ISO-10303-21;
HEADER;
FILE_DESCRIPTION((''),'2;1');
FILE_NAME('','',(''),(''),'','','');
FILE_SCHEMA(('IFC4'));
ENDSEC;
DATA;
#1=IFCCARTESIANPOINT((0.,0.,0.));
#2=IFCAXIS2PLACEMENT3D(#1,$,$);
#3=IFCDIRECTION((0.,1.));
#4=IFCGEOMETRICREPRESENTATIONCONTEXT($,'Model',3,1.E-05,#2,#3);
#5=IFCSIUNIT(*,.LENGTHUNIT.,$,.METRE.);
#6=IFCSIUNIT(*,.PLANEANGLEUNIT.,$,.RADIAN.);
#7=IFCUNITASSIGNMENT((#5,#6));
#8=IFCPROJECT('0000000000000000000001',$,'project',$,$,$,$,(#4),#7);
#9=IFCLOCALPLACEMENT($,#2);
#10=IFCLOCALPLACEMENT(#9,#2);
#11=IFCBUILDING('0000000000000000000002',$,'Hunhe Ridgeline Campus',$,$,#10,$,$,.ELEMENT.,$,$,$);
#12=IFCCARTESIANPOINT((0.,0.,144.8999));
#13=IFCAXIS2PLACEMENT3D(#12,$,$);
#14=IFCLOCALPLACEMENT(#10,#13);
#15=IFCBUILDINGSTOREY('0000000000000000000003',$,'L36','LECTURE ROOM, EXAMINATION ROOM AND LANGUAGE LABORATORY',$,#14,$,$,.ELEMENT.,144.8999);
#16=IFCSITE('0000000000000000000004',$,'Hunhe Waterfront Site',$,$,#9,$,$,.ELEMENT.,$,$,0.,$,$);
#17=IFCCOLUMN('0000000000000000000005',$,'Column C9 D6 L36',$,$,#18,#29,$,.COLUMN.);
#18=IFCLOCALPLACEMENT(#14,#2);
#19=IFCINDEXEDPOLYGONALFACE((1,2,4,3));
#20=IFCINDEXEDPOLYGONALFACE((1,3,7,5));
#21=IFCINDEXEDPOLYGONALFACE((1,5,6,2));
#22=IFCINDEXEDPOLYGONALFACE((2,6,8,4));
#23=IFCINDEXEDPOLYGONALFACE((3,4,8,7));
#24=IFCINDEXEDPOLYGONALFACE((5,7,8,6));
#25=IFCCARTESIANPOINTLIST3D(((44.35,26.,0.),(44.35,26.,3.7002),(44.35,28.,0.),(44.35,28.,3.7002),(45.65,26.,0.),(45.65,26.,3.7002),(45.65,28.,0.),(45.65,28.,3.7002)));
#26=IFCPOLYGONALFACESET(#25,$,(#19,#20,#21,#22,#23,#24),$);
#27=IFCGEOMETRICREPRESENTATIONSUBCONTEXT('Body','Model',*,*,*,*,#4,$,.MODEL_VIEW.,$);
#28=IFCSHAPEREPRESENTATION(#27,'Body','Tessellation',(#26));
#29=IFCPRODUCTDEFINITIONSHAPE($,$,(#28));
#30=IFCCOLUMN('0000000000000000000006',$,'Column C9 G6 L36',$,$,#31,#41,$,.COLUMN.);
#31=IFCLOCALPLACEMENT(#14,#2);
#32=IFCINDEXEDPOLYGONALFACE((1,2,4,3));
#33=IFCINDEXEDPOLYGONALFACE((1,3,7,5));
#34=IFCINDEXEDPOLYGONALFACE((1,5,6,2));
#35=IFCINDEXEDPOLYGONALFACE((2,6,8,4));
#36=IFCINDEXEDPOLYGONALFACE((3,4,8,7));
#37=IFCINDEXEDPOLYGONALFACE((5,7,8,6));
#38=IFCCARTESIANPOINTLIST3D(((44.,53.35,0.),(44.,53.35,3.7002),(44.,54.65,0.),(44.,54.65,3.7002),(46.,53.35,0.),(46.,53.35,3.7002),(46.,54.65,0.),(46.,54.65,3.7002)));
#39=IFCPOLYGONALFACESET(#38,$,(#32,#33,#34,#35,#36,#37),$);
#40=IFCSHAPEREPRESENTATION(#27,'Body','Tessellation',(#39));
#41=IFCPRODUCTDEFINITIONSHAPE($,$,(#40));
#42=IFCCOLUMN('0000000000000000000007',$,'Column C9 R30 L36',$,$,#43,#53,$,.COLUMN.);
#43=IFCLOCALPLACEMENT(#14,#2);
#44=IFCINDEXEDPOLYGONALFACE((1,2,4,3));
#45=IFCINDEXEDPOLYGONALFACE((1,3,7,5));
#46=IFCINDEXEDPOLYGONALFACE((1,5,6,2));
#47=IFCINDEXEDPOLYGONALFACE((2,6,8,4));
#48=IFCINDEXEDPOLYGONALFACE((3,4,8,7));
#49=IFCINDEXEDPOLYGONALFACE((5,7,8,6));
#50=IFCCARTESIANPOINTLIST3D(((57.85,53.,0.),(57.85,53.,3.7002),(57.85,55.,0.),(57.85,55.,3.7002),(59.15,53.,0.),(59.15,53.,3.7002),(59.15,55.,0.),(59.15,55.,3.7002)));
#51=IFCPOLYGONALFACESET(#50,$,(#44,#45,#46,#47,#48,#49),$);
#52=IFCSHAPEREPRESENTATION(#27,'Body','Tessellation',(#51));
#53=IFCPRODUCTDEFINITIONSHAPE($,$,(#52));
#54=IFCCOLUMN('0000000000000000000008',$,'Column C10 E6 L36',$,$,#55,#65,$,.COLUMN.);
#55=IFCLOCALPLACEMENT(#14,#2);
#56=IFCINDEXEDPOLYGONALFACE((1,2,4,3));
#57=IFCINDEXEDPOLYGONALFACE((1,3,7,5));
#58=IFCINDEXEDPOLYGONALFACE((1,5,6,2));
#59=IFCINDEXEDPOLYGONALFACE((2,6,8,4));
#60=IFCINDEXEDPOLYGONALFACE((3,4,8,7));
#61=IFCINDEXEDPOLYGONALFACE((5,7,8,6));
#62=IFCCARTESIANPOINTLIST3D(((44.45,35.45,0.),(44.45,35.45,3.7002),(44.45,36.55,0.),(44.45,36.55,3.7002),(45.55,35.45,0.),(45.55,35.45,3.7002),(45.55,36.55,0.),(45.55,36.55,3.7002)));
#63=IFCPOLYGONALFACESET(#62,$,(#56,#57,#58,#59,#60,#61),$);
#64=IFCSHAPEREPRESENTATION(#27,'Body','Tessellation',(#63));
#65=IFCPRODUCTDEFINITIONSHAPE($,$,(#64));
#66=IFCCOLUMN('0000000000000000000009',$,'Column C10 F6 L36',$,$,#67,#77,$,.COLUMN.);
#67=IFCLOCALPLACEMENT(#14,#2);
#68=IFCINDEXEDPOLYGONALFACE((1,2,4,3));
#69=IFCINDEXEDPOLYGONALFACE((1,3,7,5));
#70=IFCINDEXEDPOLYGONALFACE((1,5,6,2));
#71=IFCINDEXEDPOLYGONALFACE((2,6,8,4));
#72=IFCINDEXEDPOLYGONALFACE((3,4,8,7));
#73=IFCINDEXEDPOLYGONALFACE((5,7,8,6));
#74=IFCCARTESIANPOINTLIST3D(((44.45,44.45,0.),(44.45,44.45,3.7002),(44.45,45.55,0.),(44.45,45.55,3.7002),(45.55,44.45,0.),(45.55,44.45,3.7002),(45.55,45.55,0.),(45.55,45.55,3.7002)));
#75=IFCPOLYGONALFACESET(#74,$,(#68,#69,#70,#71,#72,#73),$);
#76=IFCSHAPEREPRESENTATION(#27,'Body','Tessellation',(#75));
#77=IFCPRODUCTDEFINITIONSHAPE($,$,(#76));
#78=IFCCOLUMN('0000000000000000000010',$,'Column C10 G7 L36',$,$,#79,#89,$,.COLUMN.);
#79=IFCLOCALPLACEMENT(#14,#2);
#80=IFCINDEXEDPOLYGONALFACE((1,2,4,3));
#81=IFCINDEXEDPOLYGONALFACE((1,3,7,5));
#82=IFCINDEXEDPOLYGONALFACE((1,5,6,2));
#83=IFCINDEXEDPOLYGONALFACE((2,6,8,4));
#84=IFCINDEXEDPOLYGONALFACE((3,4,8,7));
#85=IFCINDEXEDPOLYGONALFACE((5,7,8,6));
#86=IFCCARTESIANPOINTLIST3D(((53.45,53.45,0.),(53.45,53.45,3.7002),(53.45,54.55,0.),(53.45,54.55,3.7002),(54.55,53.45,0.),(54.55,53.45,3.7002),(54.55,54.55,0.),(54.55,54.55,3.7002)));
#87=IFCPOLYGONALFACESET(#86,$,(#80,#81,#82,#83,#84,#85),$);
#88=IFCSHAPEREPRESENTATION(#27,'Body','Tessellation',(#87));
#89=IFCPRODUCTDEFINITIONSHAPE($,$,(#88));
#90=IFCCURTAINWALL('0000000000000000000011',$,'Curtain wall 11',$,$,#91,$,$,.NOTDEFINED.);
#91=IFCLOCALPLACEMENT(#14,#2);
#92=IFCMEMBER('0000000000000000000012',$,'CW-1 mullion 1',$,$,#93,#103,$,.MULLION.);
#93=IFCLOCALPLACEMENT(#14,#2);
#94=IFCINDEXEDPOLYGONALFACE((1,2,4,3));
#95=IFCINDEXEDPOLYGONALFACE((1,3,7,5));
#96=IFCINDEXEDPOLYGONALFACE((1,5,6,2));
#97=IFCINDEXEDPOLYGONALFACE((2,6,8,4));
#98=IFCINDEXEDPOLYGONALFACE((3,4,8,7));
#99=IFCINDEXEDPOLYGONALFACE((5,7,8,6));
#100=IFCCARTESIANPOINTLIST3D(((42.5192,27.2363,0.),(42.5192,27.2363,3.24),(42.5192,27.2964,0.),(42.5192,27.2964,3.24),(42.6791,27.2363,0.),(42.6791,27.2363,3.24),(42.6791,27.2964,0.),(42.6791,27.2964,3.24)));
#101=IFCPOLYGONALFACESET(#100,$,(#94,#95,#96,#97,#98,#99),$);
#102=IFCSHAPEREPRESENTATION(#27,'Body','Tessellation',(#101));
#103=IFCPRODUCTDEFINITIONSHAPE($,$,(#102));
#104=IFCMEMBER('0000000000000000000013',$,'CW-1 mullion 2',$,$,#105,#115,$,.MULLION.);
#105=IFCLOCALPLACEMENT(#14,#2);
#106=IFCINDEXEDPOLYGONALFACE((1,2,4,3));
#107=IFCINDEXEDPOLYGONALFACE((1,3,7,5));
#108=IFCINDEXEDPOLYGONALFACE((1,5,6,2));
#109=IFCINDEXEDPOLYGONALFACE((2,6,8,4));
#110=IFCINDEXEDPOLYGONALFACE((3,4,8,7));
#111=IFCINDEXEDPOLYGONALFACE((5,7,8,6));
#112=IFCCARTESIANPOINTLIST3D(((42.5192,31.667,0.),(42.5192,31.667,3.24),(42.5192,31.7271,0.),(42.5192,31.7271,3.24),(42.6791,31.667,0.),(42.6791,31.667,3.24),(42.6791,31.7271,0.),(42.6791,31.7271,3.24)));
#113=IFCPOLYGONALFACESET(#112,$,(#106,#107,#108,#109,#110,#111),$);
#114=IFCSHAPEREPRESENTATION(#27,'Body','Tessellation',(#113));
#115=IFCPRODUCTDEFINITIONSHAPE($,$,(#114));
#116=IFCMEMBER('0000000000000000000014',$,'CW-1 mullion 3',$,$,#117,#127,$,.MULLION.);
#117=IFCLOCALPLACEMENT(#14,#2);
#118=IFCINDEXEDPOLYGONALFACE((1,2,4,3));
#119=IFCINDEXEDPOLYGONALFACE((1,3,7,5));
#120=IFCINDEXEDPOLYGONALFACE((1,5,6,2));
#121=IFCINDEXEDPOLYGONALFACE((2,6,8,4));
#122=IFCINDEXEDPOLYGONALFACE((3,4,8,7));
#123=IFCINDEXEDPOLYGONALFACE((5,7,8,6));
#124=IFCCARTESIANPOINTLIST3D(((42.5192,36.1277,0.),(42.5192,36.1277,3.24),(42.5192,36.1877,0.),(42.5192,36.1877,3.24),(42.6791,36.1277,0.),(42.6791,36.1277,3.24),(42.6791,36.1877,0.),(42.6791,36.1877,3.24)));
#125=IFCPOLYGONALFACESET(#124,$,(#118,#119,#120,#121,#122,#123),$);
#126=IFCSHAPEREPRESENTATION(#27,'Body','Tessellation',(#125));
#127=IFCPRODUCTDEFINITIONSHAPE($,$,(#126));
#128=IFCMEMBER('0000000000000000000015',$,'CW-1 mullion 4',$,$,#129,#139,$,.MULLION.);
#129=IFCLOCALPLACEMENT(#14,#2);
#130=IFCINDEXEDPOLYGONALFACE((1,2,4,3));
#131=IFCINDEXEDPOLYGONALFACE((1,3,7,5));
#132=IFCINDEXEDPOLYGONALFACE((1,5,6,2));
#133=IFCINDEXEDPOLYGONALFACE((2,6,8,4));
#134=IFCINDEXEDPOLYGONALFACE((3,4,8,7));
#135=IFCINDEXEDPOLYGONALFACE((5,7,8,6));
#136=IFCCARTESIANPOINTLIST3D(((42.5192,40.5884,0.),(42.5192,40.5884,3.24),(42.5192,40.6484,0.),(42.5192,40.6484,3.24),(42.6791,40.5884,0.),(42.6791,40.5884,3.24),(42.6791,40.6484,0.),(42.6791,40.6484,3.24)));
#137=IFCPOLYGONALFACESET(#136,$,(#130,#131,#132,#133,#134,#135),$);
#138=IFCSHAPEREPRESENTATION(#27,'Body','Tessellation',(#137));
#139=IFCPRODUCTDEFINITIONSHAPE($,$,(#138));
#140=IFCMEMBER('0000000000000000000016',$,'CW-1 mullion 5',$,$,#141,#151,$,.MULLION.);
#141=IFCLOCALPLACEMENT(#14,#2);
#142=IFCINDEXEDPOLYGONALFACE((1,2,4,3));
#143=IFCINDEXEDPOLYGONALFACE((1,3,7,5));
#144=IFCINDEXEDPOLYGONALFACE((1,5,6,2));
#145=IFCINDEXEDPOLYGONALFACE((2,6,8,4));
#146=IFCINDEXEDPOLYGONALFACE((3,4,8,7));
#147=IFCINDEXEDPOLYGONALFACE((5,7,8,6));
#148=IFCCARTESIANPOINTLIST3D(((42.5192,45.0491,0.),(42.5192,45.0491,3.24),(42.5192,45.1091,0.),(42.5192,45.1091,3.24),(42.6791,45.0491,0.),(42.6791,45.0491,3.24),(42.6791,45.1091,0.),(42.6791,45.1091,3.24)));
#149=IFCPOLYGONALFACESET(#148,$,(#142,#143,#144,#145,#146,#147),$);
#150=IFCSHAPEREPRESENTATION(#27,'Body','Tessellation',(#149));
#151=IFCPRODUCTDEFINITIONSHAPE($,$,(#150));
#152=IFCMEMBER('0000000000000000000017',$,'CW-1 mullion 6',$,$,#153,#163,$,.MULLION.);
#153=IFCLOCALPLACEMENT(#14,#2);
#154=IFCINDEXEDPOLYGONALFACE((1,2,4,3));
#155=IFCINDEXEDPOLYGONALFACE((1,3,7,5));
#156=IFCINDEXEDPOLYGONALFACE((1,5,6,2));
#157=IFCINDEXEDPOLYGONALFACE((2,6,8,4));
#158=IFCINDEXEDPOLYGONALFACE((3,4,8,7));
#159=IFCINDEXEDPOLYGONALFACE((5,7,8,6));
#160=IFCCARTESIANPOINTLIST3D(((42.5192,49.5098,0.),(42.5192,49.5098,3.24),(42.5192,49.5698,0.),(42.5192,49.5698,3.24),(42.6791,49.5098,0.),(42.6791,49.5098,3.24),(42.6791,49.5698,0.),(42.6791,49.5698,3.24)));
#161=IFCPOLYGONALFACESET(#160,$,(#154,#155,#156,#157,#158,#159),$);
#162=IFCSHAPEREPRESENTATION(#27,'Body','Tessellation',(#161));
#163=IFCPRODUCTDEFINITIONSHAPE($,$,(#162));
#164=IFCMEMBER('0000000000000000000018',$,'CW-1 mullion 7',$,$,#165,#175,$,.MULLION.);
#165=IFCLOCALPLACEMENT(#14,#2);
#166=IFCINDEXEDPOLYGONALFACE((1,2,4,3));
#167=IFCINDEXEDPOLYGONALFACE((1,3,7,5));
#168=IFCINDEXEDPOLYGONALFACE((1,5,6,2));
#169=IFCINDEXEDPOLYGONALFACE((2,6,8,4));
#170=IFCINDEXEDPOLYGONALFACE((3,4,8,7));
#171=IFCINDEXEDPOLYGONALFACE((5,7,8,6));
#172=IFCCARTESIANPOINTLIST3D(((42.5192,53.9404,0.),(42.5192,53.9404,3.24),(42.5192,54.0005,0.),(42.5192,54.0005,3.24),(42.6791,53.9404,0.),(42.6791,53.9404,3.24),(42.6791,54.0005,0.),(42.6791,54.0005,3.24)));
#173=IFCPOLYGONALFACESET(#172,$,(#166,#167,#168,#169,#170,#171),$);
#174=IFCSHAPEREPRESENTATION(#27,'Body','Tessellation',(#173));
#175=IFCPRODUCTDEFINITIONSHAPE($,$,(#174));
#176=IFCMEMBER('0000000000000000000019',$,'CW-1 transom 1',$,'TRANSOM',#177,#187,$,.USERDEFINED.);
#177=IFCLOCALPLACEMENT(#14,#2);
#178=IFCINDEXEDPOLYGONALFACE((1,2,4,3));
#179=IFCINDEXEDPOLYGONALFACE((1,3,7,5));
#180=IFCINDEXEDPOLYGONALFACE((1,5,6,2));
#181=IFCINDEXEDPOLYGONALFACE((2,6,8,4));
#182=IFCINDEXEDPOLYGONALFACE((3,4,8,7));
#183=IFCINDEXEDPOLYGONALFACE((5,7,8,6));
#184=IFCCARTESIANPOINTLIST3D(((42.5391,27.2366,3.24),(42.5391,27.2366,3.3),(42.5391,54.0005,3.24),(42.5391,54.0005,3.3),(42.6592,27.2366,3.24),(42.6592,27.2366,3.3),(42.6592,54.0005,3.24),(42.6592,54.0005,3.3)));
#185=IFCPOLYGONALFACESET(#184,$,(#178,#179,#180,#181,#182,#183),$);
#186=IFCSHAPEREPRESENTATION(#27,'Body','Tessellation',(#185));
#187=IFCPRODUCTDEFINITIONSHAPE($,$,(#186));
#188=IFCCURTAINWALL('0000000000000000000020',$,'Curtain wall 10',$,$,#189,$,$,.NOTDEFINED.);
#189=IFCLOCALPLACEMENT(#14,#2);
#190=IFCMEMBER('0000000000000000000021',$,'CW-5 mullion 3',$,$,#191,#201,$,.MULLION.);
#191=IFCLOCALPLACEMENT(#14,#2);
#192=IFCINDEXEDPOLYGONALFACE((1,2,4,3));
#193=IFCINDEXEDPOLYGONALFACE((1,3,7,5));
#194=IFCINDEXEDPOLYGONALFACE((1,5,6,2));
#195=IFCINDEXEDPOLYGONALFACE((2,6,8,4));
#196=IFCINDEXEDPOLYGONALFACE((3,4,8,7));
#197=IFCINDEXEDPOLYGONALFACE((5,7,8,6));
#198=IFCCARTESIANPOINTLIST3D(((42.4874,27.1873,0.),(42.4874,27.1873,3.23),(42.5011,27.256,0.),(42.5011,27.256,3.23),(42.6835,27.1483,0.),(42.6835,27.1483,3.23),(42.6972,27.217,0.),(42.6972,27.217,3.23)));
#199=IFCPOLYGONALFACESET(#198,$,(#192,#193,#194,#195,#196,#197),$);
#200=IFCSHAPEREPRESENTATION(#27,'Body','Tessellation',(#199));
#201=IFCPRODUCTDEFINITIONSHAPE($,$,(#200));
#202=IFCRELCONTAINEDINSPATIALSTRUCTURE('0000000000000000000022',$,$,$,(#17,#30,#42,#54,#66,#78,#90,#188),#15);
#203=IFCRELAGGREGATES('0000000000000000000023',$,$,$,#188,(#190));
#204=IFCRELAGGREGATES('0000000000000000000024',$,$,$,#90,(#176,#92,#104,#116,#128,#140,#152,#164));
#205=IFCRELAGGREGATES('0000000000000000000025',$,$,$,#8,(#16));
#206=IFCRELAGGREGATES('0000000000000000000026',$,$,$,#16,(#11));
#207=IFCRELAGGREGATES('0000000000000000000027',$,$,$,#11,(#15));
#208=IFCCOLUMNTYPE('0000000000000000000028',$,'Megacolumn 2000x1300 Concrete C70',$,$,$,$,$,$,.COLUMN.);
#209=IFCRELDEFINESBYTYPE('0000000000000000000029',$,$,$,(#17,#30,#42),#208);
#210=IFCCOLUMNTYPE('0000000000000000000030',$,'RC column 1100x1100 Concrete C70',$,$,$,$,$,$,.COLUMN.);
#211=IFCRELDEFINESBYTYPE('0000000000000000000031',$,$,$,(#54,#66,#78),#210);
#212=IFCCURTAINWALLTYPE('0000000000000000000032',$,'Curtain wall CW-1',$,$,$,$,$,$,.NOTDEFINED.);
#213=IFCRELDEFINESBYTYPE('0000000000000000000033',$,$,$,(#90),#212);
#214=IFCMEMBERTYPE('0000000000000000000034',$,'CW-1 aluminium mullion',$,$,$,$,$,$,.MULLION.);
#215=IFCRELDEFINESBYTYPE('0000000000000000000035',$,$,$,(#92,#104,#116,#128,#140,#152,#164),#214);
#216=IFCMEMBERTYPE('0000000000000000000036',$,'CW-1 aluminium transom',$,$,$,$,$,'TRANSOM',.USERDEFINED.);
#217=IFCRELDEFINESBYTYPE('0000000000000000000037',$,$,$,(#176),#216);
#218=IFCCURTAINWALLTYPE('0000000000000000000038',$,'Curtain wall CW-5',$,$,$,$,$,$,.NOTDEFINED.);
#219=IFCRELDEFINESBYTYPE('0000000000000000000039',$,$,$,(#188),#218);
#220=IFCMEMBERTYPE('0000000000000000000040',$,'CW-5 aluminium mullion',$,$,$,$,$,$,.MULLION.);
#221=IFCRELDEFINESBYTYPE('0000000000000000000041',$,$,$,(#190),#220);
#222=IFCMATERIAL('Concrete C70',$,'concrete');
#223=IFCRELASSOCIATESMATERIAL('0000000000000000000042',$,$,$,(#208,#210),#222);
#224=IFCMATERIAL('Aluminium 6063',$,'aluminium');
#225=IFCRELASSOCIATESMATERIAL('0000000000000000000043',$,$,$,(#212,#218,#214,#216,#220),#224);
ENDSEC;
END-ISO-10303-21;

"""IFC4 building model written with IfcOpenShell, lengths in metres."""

from ifc_helpers import new_model, si_unit, direction, frame, origin, origin_2d, place, context, subcontext, project, spatial, rectangle, extrude, material, material_profile, profile_set, type_object, element, aggregate, save


model = new_model("IFC4")

# Units and contexts
model_context = context("Model", 3, precision=1e-05, world=origin(), true_north=direction((0.0, 1.0)))
body_context = subcontext(model_context, "Body", "Model", "MODEL_VIEW")
ifc_project = project(units=[si_unit("LENGTHUNIT", "METRE"), si_unit("PLANEANGLEUNIT", "RADIAN")], contexts=[model_context])

# Site, building, storey
site_placement = place(None, origin())
site = spatial("IfcSite", under=ifc_project, at=site_placement, Name="Hunhe Waterfront Site", CompositionType="ELEMENT", RefElevation=0.0)
building_placement = place(site_placement, origin())
building = spatial("IfcBuilding", under=site, at=building_placement, Name="Hunhe Ridgeline Campus", CompositionType="ELEMENT")
storey_placement = place(building_placement, frame((0.0, 0.0, 144.8999)))
storey = spatial("IfcBuildingStorey", under=building, at=storey_placement, Name="L36", Description="LECTURE ROOM, EXAMINATION ROOM AND LANGUAGE LABORATORY", CompositionType="ELEMENT", Elevation=144.8999)

# Columns
ifc_material_1 = material(Name="Concrete C70", Category="concrete")
ifc_material_profile_1 = material_profile(ifc_material_1, rectangle(XDim=2.0, YDim=1.3, at=origin_2d()))
ifc_profile_set_1 = profile_set([ifc_material_profile_1], Name="Concrete C70")
column_type_1 = type_object("IfcColumnType", Name="Megacolumn 2000x1300 Concrete C70", PredefinedType="COLUMN", material=ifc_profile_set_1)
for number, where, z_axis, x_axis, name in (
    (1, (45.0, 27.0, 0.0), (0.0, 0.0, 1.0), (0.0, 1.0, 0.0), "Column C9 D6 L36"),
    (2, (45.0, 54.0, 0.0), (0.0, 0.0, 1.0), (1.0, 0.0, 0.0), "Column C9 G6 L36"),
    (3, (58.5, 54.0, 0.0), (0.0, 0.0, 1.0), (0.0, 1.0, 0.0), "Column C9 R30 L36"),
):
    element("IfcColumn", number, at=place(storey_placement, frame(where, z_axis=z_axis, x_axis=x_axis)), inside=storey, type_object=column_type_1, Name=name, PredefinedType="COLUMN", context=body_context, shape_type="SweptSolid", body=[
        extrude(rectangle(XDim=2.0, YDim=1.3, at=origin_2d()), origin(), (0.0, 0.0, 1.0), 3.7002),
    ])
ifc_material_profile_2 = material_profile(ifc_material_1, rectangle(XDim=1.1001, YDim=1.1001, at=origin_2d()))
ifc_profile_set_2 = profile_set([ifc_material_profile_2], Name="Concrete C70")
column_type_2 = type_object("IfcColumnType", Name="RC column 1100x1100 Concrete C70", PredefinedType="COLUMN", material=ifc_profile_set_2)
for number, where, z_axis, x_axis, name in (
    (4, (45.0, 36.0, 0.0), (0.0, 0.0, 1.0), (1.0, 0.0, 0.0), "Column C10 E6 L36"),
    (5, (45.0, 45.0, 0.0), (0.0, 0.0, 1.0), (1.0, 0.0, 0.0), "Column C10 F6 L36"),
    (6, (54.0, 54.0, 0.0), (0.0, 0.0, 1.0), (1.0, 0.0, 0.0), "Column C10 G7 L36"),
):
    element("IfcColumn", number, at=place(storey_placement, frame(where, z_axis=z_axis, x_axis=x_axis)), inside=storey, type_object=column_type_2, Name=name, PredefinedType="COLUMN", context=body_context, shape_type="SweptSolid", body=[
        extrude(rectangle(XDim=1.1001, YDim=1.1001, at=origin_2d()), origin(), (0.0, 0.0, 1.0), 3.7002),
    ])

# Curtain wall, members
ifc_material_2 = material(Name="Aluminium 6063", Category="aluminium")
curtain_wall_type_1 = type_object("IfcCurtainWallType", Name="Curtain wall CW-1", PredefinedType="NOTDEFINED", material=ifc_material_2)
curtain_wall_1_placement = place(storey_placement, origin())
curtain_wall_1 = element("IfcCurtainWall", 7, at=curtain_wall_1_placement, inside=storey, type_object=curtain_wall_type_1, Name="Curtain wall 11", PredefinedType="NOTDEFINED")
ifc_material_profile_3 = material_profile(ifc_material_2, rectangle(XDim=0.1599, YDim=0.0601, at=origin_2d()))
ifc_profile_set_3 = profile_set([ifc_material_profile_3], Name="Aluminium 6063")
member_type_1 = type_object("IfcMemberType", Name="CW-1 aluminium mullion", PredefinedType="MULLION", material=ifc_profile_set_3)
member_1_placement = place(storey_placement, frame((42.5991, 27.2664, 0.0), z_axis=(0.0, 0.0, 1.0), x_axis=(-1.0, 0.000004, 0.0)))
member_1 = element("IfcMember", 8, at=member_1_placement, type_object=member_type_1, Name="CW-1 mullion 1", PredefinedType="MULLION", context=body_context, shape_type="SweptSolid", body=[
    extrude(rectangle(XDim=0.1599, YDim=0.0601, at=origin_2d()), origin(), (0.0, 0.0, 1.0), 3.24),
])
member_2_placement = place(storey_placement, frame((42.5991, 31.697, 0.0), z_axis=(0.0, 0.0, 1.0), x_axis=(-1.0, 0.000004, 0.0)))
member_2 = element("IfcMember", 9, at=member_2_placement, type_object=member_type_1, Name="CW-1 mullion 2", PredefinedType="MULLION", context=body_context, shape_type="SweptSolid", body=[
    extrude(rectangle(XDim=0.1599, YDim=0.0601, at=origin_2d()), origin(), (0.0, 0.0, 1.0), 3.24),
])
member_3_placement = place(storey_placement, frame((42.5991, 36.1577, 0.0), z_axis=(0.0, 0.0, 1.0), x_axis=(-1.0, 0.000004, 0.0)))
member_3 = element("IfcMember", 10, at=member_3_placement, type_object=member_type_1, Name="CW-1 mullion 3", PredefinedType="MULLION", context=body_context, shape_type="SweptSolid", body=[
    extrude(rectangle(XDim=0.1599, YDim=0.0601, at=origin_2d()), origin(), (0.0, 0.0, 1.0), 3.24),
])
member_4_placement = place(storey_placement, frame((42.5991, 40.6184, 0.0), z_axis=(0.0, 0.0, 1.0), x_axis=(-1.0, 0.000004, 0.0)))
member_4 = element("IfcMember", 11, at=member_4_placement, type_object=member_type_1, Name="CW-1 mullion 4", PredefinedType="MULLION", context=body_context, shape_type="SweptSolid", body=[
    extrude(rectangle(XDim=0.1599, YDim=0.0601, at=origin_2d()), origin(), (0.0, 0.0, 1.0), 3.24),
])
member_5_placement = place(storey_placement, frame((42.5991, 45.0791, 0.0), z_axis=(0.0, 0.0, 1.0), x_axis=(-1.0, 0.000004, 0.0)))
member_5 = element("IfcMember", 12, at=member_5_placement, type_object=member_type_1, Name="CW-1 mullion 5", PredefinedType="MULLION", context=body_context, shape_type="SweptSolid", body=[
    extrude(rectangle(XDim=0.1599, YDim=0.0601, at=origin_2d()), origin(), (0.0, 0.0, 1.0), 3.24),
])
member_6_placement = place(storey_placement, frame((42.5991, 49.5398, 0.0), z_axis=(0.0, 0.0, 1.0), x_axis=(-1.0, 0.000004, 0.0)))
member_6 = element("IfcMember", 13, at=member_6_placement, type_object=member_type_1, Name="CW-1 mullion 6", PredefinedType="MULLION", context=body_context, shape_type="SweptSolid", body=[
    extrude(rectangle(XDim=0.1599, YDim=0.0601, at=origin_2d()), origin(), (0.0, 0.0, 1.0), 3.24),
])
member_7_placement = place(storey_placement, frame((42.5991, 53.9705, 0.0), z_axis=(0.0, 0.0, 1.0), x_axis=(-1.0, 0.000004, 0.0)))
member_7 = element("IfcMember", 14, at=member_7_placement, type_object=member_type_1, Name="CW-1 mullion 7", PredefinedType="MULLION", context=body_context, shape_type="SweptSolid", body=[
    extrude(rectangle(XDim=0.1599, YDim=0.0601, at=origin_2d()), origin(), (0.0, 0.0, 1.0), 3.24),
])
ifc_material_profile_4 = material_profile(ifc_material_2, rectangle(XDim=0.1201, YDim=0.0601, at=origin_2d()))
ifc_profile_set_4 = profile_set([ifc_material_profile_4], Name="Aluminium 6063")
member_type_2 = type_object("IfcMemberType", Name="CW-1 aluminium transom", ElementType="TRANSOM", PredefinedType="USERDEFINED", material=ifc_profile_set_4)
member_8_placement = place(storey_placement, frame((42.5991, 27.2366, 3.27), z_axis=(0.0, 1.0, 0.0), x_axis=(-1.0, 0.0, 0.0)))
member_8 = element("IfcMember", 15, at=member_8_placement, type_object=member_type_2, Name="CW-1 transom 1", ObjectType="TRANSOM", PredefinedType="USERDEFINED", context=body_context, shape_type="SweptSolid", body=[
    extrude(rectangle(XDim=0.1201, YDim=0.0601, at=origin_2d()), origin(), (0.0, 0.0, 1.0), 26.7639),
])

# Curtain wall, member
curtain_wall_type_2 = type_object("IfcCurtainWallType", Name="Curtain wall CW-5", PredefinedType="NOTDEFINED", material=ifc_material_2)
curtain_wall_2_placement = place(storey_placement, origin())
curtain_wall_2 = element("IfcCurtainWall", 16, at=curtain_wall_2_placement, inside=storey, type_object=curtain_wall_type_2, Name="Curtain wall 10", PredefinedType="NOTDEFINED")
ifc_material_profile_5 = material_profile(ifc_material_2, rectangle(XDim=0.2, YDim=0.0701, at=origin_2d()))
ifc_profile_set_5 = profile_set([ifc_material_profile_5], Name="Aluminium 6063")
member_type_3 = type_object("IfcMemberType", Name="CW-5 aluminium mullion", PredefinedType="MULLION", material=ifc_profile_set_5)
member_9_placement = place(storey_placement, frame((42.5923, 27.2021, 0.0), z_axis=(0.0, 0.0, 1.0), x_axis=(-0.980785, 0.19509, 0.0)))
member_9 = element("IfcMember", 17, at=member_9_placement, type_object=member_type_3, Name="CW-5 mullion 3", PredefinedType="MULLION", context=body_context, shape_type="SweptSolid", body=[
    extrude(rectangle(XDim=0.2, YDim=0.0701, at=origin_2d()), origin(), (0.0, 0.0, 1.0), 3.23),
])
aggregate(curtain_wall_2, [member_9])

aggregate(curtain_wall_1, [member_8, member_1, member_2, member_3, member_4, member_5, member_6, member_7])

save(model, "model.ifc")
